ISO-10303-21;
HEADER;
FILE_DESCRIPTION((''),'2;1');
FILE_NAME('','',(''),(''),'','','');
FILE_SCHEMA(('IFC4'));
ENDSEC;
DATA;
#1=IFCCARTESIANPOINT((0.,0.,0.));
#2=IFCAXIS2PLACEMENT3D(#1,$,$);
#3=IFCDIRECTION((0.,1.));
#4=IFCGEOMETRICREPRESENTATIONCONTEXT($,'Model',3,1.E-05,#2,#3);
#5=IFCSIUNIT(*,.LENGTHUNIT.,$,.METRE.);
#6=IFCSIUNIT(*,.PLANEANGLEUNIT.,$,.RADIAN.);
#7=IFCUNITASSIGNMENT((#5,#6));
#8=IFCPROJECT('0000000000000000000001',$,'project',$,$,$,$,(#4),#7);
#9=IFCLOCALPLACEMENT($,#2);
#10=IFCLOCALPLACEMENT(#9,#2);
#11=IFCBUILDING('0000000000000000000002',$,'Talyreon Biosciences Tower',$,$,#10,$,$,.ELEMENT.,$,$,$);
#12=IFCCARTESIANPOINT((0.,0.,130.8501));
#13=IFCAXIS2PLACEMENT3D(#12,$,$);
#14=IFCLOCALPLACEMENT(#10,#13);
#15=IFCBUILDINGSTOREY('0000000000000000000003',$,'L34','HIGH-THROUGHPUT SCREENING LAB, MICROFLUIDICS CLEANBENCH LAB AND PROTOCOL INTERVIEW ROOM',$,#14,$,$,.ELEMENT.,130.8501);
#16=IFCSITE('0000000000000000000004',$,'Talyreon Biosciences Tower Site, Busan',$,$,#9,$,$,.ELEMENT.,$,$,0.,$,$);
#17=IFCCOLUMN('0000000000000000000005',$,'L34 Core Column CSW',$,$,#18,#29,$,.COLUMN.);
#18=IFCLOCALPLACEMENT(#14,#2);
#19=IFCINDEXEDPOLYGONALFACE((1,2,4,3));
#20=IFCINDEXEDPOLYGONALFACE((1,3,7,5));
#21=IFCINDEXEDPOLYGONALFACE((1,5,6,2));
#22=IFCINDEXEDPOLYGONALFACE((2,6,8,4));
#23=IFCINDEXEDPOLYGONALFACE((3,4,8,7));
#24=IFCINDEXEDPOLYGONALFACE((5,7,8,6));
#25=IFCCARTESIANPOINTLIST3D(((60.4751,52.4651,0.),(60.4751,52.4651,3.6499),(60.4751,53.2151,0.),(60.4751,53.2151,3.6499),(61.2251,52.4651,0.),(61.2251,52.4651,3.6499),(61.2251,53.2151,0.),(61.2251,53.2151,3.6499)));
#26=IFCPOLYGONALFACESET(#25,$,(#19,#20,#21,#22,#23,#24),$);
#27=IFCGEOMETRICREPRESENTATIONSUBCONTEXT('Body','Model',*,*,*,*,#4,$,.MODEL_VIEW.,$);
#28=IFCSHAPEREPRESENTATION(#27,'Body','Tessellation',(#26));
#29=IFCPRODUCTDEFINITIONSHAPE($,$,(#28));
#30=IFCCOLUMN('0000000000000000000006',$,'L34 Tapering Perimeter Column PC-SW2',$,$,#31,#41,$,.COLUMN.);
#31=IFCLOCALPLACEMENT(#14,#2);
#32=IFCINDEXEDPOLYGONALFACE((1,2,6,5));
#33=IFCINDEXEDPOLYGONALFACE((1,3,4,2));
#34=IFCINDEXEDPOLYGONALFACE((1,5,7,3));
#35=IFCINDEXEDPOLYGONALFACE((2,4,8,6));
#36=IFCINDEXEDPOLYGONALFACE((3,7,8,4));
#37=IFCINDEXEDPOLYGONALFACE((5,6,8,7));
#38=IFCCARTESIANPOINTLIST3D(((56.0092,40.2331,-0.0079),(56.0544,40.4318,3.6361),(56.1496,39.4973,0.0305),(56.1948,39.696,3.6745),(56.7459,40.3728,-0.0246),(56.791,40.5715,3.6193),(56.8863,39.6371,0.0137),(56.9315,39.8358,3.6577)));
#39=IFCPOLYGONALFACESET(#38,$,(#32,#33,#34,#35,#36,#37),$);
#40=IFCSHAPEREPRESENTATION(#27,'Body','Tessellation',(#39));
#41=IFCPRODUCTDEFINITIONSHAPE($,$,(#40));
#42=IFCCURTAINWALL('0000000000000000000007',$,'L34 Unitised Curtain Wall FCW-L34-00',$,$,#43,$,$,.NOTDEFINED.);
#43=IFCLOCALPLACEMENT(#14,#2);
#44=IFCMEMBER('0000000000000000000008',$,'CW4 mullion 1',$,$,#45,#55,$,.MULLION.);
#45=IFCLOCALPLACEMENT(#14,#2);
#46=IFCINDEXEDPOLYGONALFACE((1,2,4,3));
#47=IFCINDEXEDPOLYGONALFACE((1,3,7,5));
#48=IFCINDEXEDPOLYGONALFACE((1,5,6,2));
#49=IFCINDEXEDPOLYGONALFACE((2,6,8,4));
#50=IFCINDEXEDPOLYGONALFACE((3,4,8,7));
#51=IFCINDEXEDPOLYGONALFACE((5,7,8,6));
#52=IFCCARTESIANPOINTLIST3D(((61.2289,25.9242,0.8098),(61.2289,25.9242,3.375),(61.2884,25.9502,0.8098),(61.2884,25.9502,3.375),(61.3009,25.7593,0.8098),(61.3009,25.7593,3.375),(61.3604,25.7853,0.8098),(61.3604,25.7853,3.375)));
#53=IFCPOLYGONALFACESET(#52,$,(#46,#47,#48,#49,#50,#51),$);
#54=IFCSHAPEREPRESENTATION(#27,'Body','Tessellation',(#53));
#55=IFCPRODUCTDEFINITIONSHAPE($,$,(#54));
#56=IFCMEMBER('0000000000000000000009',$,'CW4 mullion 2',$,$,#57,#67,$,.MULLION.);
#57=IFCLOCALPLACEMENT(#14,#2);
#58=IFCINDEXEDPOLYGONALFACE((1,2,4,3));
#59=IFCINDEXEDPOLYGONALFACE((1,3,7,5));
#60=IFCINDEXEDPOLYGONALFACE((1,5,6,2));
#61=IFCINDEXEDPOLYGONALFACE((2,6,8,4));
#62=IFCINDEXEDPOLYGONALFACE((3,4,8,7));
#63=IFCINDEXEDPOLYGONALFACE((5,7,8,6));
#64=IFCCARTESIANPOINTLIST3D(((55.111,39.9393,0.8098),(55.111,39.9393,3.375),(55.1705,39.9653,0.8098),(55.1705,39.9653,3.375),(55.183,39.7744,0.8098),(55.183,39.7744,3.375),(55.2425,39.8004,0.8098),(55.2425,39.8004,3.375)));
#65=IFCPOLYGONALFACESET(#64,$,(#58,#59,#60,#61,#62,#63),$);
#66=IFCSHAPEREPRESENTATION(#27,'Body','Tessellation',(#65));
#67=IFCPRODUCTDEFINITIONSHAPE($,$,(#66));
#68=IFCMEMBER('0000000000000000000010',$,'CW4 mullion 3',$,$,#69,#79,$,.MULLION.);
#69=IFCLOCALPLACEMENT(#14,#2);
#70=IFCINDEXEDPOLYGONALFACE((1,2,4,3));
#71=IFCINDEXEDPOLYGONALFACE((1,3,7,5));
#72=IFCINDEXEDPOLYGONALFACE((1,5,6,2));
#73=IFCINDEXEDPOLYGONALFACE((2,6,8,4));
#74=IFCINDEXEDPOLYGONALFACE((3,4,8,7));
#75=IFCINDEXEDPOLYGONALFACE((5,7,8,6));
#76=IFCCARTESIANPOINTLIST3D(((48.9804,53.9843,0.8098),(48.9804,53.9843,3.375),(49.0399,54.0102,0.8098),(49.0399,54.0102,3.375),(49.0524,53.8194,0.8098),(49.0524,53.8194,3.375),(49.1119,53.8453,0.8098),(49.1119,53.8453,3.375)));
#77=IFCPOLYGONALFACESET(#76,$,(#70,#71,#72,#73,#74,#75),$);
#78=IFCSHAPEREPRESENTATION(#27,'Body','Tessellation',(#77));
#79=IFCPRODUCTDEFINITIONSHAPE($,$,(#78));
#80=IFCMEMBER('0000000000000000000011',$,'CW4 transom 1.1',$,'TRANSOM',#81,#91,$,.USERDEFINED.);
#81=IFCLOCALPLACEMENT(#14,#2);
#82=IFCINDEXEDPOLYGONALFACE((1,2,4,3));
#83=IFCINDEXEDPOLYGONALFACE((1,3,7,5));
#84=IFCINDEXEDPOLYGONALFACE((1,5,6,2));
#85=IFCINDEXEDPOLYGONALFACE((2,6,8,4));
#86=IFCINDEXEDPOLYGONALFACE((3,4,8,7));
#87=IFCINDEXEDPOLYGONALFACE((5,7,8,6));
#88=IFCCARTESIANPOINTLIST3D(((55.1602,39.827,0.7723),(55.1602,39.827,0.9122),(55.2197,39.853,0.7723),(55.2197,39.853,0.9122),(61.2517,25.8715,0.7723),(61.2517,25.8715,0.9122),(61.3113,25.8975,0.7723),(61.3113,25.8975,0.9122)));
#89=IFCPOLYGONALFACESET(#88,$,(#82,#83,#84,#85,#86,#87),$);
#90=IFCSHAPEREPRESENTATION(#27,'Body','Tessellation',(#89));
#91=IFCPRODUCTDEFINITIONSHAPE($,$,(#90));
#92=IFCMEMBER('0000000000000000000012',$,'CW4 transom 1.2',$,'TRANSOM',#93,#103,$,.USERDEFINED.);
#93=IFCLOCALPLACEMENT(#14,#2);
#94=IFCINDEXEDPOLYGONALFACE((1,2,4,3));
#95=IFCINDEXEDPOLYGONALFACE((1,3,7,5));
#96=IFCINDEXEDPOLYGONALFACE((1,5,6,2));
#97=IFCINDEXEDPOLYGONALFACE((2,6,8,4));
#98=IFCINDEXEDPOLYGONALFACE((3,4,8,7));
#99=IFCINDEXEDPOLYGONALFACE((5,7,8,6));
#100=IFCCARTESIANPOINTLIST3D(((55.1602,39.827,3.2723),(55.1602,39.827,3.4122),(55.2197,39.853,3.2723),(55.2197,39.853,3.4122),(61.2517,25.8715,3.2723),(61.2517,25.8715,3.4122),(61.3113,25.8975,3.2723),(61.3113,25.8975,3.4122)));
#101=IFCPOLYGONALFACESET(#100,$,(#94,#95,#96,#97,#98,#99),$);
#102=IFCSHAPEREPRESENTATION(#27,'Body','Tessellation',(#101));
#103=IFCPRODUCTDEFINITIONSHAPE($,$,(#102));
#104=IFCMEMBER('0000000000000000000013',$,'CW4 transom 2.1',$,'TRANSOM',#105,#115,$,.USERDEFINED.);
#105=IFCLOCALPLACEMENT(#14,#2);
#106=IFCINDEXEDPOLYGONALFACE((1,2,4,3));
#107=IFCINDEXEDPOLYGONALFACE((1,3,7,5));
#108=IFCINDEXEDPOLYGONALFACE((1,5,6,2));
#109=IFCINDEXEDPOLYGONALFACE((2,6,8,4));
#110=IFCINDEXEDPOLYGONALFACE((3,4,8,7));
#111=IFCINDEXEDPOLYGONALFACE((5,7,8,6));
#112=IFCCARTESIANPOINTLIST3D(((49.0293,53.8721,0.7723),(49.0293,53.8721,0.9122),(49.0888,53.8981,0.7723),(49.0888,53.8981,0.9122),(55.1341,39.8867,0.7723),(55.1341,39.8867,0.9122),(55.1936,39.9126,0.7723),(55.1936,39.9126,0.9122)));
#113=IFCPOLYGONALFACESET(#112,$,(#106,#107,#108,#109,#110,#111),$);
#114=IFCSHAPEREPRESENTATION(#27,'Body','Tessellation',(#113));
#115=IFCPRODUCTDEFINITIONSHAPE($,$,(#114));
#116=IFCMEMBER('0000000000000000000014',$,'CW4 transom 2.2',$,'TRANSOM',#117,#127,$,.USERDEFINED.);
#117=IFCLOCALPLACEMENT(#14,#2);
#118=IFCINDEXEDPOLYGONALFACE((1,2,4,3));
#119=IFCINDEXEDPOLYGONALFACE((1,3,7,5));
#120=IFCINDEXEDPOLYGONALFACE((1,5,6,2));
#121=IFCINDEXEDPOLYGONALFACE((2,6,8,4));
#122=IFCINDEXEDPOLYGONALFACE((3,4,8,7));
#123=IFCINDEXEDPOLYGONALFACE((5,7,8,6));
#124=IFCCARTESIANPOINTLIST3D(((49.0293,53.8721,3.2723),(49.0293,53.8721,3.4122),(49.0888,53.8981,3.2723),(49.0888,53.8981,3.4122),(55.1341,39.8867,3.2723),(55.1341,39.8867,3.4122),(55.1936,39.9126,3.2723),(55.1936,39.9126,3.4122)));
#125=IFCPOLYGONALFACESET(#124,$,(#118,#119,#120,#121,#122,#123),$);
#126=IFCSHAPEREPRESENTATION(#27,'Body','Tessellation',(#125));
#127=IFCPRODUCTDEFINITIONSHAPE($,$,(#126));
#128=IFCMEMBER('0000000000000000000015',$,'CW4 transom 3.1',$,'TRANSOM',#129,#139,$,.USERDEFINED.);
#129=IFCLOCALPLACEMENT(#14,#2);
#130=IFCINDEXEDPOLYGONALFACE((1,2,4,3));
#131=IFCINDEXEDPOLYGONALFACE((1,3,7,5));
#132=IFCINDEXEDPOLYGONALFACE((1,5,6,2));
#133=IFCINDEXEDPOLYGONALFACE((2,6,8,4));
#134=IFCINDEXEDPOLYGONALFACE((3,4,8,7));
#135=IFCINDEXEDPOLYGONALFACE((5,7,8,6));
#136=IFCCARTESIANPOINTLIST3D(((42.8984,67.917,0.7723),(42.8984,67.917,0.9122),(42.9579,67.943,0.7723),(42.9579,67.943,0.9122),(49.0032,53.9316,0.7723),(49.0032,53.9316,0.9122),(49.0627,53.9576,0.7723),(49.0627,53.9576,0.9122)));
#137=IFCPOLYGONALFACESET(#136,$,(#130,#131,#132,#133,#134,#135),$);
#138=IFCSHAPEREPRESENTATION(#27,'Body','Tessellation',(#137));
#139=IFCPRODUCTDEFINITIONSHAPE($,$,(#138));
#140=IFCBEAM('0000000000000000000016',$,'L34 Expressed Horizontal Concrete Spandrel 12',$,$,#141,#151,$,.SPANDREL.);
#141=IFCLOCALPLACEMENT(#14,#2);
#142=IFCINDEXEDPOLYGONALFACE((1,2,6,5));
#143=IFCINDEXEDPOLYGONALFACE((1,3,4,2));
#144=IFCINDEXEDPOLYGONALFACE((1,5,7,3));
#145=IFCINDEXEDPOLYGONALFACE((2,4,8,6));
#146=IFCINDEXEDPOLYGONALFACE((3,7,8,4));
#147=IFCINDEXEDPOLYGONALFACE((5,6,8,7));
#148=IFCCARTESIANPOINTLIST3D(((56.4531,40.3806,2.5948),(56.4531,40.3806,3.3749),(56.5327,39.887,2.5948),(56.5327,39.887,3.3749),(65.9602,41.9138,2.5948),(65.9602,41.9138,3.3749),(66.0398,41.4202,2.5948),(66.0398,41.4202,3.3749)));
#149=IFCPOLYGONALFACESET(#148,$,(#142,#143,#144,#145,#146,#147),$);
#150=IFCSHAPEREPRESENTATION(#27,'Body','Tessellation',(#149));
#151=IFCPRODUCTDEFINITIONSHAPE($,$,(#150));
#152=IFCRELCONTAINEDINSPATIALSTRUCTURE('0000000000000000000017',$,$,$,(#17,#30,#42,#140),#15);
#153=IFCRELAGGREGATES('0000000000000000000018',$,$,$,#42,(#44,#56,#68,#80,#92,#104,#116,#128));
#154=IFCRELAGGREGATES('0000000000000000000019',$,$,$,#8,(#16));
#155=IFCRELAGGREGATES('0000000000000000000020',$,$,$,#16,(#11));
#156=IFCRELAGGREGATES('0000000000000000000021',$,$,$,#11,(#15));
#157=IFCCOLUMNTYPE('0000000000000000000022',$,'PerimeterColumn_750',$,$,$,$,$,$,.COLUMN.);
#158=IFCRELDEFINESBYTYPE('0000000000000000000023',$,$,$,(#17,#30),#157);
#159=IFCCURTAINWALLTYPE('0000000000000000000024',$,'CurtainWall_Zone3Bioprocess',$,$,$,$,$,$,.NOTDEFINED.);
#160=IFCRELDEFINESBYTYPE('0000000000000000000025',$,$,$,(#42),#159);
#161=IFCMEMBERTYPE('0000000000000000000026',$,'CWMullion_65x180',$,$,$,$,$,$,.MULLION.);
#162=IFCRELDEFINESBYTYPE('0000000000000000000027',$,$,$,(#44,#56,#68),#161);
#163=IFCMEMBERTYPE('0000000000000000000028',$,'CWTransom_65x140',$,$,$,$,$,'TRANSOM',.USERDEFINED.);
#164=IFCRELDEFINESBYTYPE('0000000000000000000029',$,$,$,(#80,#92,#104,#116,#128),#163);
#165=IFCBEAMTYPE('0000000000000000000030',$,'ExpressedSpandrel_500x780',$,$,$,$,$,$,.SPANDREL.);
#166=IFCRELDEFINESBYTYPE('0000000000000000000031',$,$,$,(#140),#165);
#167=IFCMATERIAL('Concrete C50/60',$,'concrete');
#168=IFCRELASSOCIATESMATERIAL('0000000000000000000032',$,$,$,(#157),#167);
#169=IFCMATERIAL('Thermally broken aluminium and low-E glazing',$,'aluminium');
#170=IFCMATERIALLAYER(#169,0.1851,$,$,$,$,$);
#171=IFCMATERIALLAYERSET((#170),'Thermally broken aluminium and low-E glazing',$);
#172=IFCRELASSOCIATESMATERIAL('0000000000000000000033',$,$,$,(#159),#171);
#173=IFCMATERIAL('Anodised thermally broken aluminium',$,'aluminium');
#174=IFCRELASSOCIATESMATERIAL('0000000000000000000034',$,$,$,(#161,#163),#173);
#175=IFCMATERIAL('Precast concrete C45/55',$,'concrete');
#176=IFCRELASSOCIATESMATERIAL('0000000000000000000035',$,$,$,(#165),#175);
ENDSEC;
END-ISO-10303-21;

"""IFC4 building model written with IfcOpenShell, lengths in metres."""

from ifc_helpers import new_model, si_unit, direction, frame, origin, origin_2d, place, context, subcontext, project, spatial, rectangle, extrude, material, layer, layer_set, material_profile, profile_set, type_object, element, aggregate, save


model = new_model("IFC4")

# Units and contexts
model_context = context("Model", 3, precision=1e-05, world=origin(), true_north=direction((0.0, 1.0)))
body_context = subcontext(model_context, "Body", "Model", "MODEL_VIEW")
ifc_project = project(units=[si_unit("LENGTHUNIT", "METRE"), si_unit("PLANEANGLEUNIT", "RADIAN")], contexts=[model_context])

# Site, building, storey
site_placement = place(None, origin())
site = spatial("IfcSite", under=ifc_project, at=site_placement, Name="Talyreon Biosciences Tower Site, Busan", CompositionType="ELEMENT", RefElevation=0.0)
building_placement = place(site_placement, origin())
building = spatial("IfcBuilding", under=site, at=building_placement, Name="Talyreon Biosciences Tower", CompositionType="ELEMENT")
storey_placement = place(building_placement, frame((0.0, 0.0, 130.8501)))
storey = spatial("IfcBuildingStorey", under=building, at=storey_placement, Name="L34", Description="HIGH-THROUGHPUT SCREENING LAB, MICROFLUIDICS CLEANBENCH LAB AND PROTOCOL INTERVIEW ROOM", CompositionType="ELEMENT", Elevation=130.8501)

# Columns
ifc_material_1 = material(Name="Concrete C50/60", Category="concrete")
ifc_material_profile_1 = material_profile(ifc_material_1, rectangle(XDim=0.75, YDim=0.75, at=origin_2d()), Name="RC 750x750")
ifc_profile_set_1 = profile_set([ifc_material_profile_1], Name="Concrete C50/60")
column_type = type_object("IfcColumnType", Name="PerimeterColumn_750", PredefinedType="COLUMN", material=ifc_profile_set_1)
column_1_placement = place(storey_placement, frame((60.8501, 52.8401, 0.0), z_axis=(0.0, 0.0, 1.0), x_axis=(1.0, 0.0, 0.0)))
element("IfcColumn", 1, at=column_1_placement, inside=storey, type_object=column_type, Name="L34 Core Column CSW", PredefinedType="COLUMN", context=body_context, shape_type="SweptSolid", body=[
    extrude(rectangle(XDim=0.75, YDim=0.75, at=origin_2d()), origin(), (0.0, 0.0, 1.0), 3.6499),
])
column_2_placement = place(storey_placement, frame((56.4478, 39.9351, 0.0029), z_axis=(0.012375, 0.054451, 0.99844), x_axis=(-0.187248, 0.980979, -0.051178)))
element("IfcColumn", 2, at=column_2_placement, inside=storey, type_object=column_type, Name="L34 Tapering Perimeter Column PC-SW2", PredefinedType="COLUMN", context=body_context, shape_type="SweptSolid", body=[
    extrude(rectangle(XDim=0.75, YDim=0.75, at=origin_2d()), origin(), (0.0, 0.0, 1.0), 3.6497),
])

# Curtain wall, members
ifc_material_2 = material(Name="Thermally broken aluminium and low-E glazing", Category="aluminium")
ifc_layer_1 = layer(ifc_material_2, 0.1851)
ifc_layer_set_1 = layer_set([ifc_layer_1], Name="Thermally broken aluminium and low-E glazing")
curtain_wall_type = type_object("IfcCurtainWallType", Name="CurtainWall_Zone3Bioprocess", PredefinedType="NOTDEFINED", material=ifc_layer_set_1)
curtain_wall_placement = place(storey_placement, origin())
curtain_wall = element("IfcCurtainWall", 3, at=curtain_wall_placement, inside=storey, type_object=curtain_wall_type, Name="L34 Unitised Curtain Wall FCW-L34-00", PredefinedType="NOTDEFINED")
ifc_material_3 = material(Name="Anodised thermally broken aluminium", Category="aluminium")
ifc_material_profile_2 = material_profile(ifc_material_3, rectangle(XDim=0.0649, YDim=0.1799, at=origin_2d()), Name="ALUM MULLION 65x180")
ifc_profile_set_2 = profile_set([ifc_material_profile_2], Name="Anodised thermally broken aluminium")
member_type_1 = type_object("IfcMemberType", Name="CWMullion_65x180", PredefinedType="MULLION", material=ifc_profile_set_2)
member_1_placement = place(storey_placement, frame((61.2947, 25.8547, 0.8098), z_axis=(0.0, 0.0, 1.0), x_axis=(-0.91649, -0.400058, 0.0)))
member_1 = element("IfcMember", 4, at=member_1_placement, type_object=member_type_1, Name="CW4 mullion 1", PredefinedType="MULLION", context=body_context, shape_type="SweptSolid", body=[
    extrude(rectangle(XDim=0.0649, YDim=0.1799, at=origin_2d()), origin(), (0.0, 0.0, 1.0), 2.5652),
])
member_2_placement = place(storey_placement, frame((55.1768, 39.8699, 0.8098), z_axis=(0.0, 0.0, 1.0), x_axis=(-0.91649, -0.400058, 0.0)))
member_2 = element("IfcMember", 5, at=member_2_placement, type_object=member_type_1, Name="CW4 mullion 2", PredefinedType="MULLION", context=body_context, shape_type="SweptSolid", body=[
    extrude(rectangle(XDim=0.0649, YDim=0.1799, at=origin_2d()), origin(), (0.0, 0.0, 1.0), 2.5652),
])
member_3_placement = place(storey_placement, frame((49.0461, 53.9148, 0.8098), z_axis=(0.0, 0.0, 1.0), x_axis=(-0.91649, -0.400058, 0.0)))
member_3 = element("IfcMember", 6, at=member_3_placement, type_object=member_type_1, Name="CW4 mullion 3", PredefinedType="MULLION", context=body_context, shape_type="SweptSolid", body=[
    extrude(rectangle(XDim=0.0649, YDim=0.1799, at=origin_2d()), origin(), (0.0, 0.0, 1.0), 2.5652),
])
ifc_material_profile_3 = material_profile(ifc_material_3, rectangle(XDim=0.0649, YDim=0.1399, at=origin_2d()), Name="ALUM TRANSOM 65x140")
ifc_profile_set_3 = profile_set([ifc_material_profile_3], Name="Anodised thermally broken aluminium")
member_type_2 = type_object("IfcMemberType", Name="CWTransom_65x140", ElementType="TRANSOM", PredefinedType="USERDEFINED", material=ifc_profile_set_3)
member_4_placement = place(storey_placement, frame((61.2815, 25.8845, 0.8423), z_axis=(-0.400047, 0.916495, 0.0), x_axis=(-0.916495, -0.400047, 0.0)))
member_4 = element("IfcMember", 7, at=member_4_placement, type_object=member_type_2, Name="CW4 transom 1.1", ObjectType="TRANSOM", PredefinedType="USERDEFINED", context=body_context, shape_type="SweptSolid", body=[
    extrude(rectangle(XDim=0.0649, YDim=0.1399, at=origin_2d()), origin(), (0.0, 0.0, 1.0), 15.2271),
])
member_5_placement = place(storey_placement, frame((61.2815, 25.8845, 3.3423), z_axis=(-0.400047, 0.916495, 0.0), x_axis=(-0.916495, -0.400047, 0.0)))
member_5 = element("IfcMember", 8, at=member_5_placement, type_object=member_type_2, Name="CW4 transom 1.2", ObjectType="TRANSOM", PredefinedType="USERDEFINED", context=body_context, shape_type="SweptSolid", body=[
    extrude(rectangle(XDim=0.0649, YDim=0.1399, at=origin_2d()), origin(), (0.0, 0.0, 1.0), 15.2271),
])
member_6_placement = place(storey_placement, frame((55.1638, 39.8997, 0.8423), z_axis=(-0.400057, 0.91649, 0.0), x_axis=(-0.91649, -0.400057, 0.0)))
member_6 = element("IfcMember", 9, at=member_6_placement, type_object=member_type_2, Name="CW4 transom 2.1", ObjectType="TRANSOM", PredefinedType="USERDEFINED", context=body_context, shape_type="SweptSolid", body=[
    extrude(rectangle(XDim=0.0649, YDim=0.1399, at=origin_2d()), origin(), (0.0, 0.0, 1.0), 15.2598),
])
member_7_placement = place(storey_placement, frame((55.1638, 39.8997, 3.3423), z_axis=(-0.400057, 0.91649, 0.0), x_axis=(-0.91649, -0.400057, 0.0)))
member_7 = element("IfcMember", 10, at=member_7_placement, type_object=member_type_2, Name="CW4 transom 2.2", ObjectType="TRANSOM", PredefinedType="USERDEFINED", context=body_context, shape_type="SweptSolid", body=[
    extrude(rectangle(XDim=0.0649, YDim=0.1399, at=origin_2d()), origin(), (0.0, 0.0, 1.0), 15.2598),
])
member_8_placement = place(storey_placement, frame((49.033, 53.9446, 0.8423), z_axis=(-0.400057, 0.91649, 0.0), x_axis=(-0.91649, -0.400057, 0.0)))
member_8 = element("IfcMember", 11, at=member_8_placement, type_object=member_type_2, Name="CW4 transom 3.1", ObjectType="TRANSOM", PredefinedType="USERDEFINED", context=body_context, shape_type="SweptSolid", body=[
    extrude(rectangle(XDim=0.0649, YDim=0.1399, at=origin_2d()), origin(), (0.0, 0.0, 1.0), 15.2598),
])

# Beam
ifc_material_4 = material(Name="Precast concrete C45/55", Category="concrete")
ifc_material_profile_4 = material_profile(ifc_material_4, rectangle(XDim=0.5, YDim=0.78, at=origin_2d()), Name="RCB 500x780")
ifc_profile_set_4 = profile_set([ifc_material_profile_4], Name="Precast concrete C45/55")
beam_type_1 = type_object("IfcBeamType", Name="ExpressedSpandrel_500x780", PredefinedType="SPANDREL", material=ifc_profile_set_4)
beam_1_placement = place(storey_placement, frame((56.4929, 40.1338, 2.9849), z_axis=(0.987244, 0.159213, 0.0), x_axis=(-0.159213, 0.987244, 0.0)))
element("IfcBeam", 12, at=beam_1_placement, inside=storey, type_object=beam_type_1, Name="L34 Expressed Horizontal Concrete Spandrel 12", PredefinedType="SPANDREL", context=body_context, shape_type="SweptSolid", body=[
    extrude(rectangle(XDim=0.5, YDim=0.78, at=origin_2d()), origin(), (0.0, 0.0, 1.0), 9.6299),
])

aggregate(curtain_wall, [member_1, member_2, member_3, member_4, member_5, member_6, member_7, member_8])

save(model, "model.ifc")
